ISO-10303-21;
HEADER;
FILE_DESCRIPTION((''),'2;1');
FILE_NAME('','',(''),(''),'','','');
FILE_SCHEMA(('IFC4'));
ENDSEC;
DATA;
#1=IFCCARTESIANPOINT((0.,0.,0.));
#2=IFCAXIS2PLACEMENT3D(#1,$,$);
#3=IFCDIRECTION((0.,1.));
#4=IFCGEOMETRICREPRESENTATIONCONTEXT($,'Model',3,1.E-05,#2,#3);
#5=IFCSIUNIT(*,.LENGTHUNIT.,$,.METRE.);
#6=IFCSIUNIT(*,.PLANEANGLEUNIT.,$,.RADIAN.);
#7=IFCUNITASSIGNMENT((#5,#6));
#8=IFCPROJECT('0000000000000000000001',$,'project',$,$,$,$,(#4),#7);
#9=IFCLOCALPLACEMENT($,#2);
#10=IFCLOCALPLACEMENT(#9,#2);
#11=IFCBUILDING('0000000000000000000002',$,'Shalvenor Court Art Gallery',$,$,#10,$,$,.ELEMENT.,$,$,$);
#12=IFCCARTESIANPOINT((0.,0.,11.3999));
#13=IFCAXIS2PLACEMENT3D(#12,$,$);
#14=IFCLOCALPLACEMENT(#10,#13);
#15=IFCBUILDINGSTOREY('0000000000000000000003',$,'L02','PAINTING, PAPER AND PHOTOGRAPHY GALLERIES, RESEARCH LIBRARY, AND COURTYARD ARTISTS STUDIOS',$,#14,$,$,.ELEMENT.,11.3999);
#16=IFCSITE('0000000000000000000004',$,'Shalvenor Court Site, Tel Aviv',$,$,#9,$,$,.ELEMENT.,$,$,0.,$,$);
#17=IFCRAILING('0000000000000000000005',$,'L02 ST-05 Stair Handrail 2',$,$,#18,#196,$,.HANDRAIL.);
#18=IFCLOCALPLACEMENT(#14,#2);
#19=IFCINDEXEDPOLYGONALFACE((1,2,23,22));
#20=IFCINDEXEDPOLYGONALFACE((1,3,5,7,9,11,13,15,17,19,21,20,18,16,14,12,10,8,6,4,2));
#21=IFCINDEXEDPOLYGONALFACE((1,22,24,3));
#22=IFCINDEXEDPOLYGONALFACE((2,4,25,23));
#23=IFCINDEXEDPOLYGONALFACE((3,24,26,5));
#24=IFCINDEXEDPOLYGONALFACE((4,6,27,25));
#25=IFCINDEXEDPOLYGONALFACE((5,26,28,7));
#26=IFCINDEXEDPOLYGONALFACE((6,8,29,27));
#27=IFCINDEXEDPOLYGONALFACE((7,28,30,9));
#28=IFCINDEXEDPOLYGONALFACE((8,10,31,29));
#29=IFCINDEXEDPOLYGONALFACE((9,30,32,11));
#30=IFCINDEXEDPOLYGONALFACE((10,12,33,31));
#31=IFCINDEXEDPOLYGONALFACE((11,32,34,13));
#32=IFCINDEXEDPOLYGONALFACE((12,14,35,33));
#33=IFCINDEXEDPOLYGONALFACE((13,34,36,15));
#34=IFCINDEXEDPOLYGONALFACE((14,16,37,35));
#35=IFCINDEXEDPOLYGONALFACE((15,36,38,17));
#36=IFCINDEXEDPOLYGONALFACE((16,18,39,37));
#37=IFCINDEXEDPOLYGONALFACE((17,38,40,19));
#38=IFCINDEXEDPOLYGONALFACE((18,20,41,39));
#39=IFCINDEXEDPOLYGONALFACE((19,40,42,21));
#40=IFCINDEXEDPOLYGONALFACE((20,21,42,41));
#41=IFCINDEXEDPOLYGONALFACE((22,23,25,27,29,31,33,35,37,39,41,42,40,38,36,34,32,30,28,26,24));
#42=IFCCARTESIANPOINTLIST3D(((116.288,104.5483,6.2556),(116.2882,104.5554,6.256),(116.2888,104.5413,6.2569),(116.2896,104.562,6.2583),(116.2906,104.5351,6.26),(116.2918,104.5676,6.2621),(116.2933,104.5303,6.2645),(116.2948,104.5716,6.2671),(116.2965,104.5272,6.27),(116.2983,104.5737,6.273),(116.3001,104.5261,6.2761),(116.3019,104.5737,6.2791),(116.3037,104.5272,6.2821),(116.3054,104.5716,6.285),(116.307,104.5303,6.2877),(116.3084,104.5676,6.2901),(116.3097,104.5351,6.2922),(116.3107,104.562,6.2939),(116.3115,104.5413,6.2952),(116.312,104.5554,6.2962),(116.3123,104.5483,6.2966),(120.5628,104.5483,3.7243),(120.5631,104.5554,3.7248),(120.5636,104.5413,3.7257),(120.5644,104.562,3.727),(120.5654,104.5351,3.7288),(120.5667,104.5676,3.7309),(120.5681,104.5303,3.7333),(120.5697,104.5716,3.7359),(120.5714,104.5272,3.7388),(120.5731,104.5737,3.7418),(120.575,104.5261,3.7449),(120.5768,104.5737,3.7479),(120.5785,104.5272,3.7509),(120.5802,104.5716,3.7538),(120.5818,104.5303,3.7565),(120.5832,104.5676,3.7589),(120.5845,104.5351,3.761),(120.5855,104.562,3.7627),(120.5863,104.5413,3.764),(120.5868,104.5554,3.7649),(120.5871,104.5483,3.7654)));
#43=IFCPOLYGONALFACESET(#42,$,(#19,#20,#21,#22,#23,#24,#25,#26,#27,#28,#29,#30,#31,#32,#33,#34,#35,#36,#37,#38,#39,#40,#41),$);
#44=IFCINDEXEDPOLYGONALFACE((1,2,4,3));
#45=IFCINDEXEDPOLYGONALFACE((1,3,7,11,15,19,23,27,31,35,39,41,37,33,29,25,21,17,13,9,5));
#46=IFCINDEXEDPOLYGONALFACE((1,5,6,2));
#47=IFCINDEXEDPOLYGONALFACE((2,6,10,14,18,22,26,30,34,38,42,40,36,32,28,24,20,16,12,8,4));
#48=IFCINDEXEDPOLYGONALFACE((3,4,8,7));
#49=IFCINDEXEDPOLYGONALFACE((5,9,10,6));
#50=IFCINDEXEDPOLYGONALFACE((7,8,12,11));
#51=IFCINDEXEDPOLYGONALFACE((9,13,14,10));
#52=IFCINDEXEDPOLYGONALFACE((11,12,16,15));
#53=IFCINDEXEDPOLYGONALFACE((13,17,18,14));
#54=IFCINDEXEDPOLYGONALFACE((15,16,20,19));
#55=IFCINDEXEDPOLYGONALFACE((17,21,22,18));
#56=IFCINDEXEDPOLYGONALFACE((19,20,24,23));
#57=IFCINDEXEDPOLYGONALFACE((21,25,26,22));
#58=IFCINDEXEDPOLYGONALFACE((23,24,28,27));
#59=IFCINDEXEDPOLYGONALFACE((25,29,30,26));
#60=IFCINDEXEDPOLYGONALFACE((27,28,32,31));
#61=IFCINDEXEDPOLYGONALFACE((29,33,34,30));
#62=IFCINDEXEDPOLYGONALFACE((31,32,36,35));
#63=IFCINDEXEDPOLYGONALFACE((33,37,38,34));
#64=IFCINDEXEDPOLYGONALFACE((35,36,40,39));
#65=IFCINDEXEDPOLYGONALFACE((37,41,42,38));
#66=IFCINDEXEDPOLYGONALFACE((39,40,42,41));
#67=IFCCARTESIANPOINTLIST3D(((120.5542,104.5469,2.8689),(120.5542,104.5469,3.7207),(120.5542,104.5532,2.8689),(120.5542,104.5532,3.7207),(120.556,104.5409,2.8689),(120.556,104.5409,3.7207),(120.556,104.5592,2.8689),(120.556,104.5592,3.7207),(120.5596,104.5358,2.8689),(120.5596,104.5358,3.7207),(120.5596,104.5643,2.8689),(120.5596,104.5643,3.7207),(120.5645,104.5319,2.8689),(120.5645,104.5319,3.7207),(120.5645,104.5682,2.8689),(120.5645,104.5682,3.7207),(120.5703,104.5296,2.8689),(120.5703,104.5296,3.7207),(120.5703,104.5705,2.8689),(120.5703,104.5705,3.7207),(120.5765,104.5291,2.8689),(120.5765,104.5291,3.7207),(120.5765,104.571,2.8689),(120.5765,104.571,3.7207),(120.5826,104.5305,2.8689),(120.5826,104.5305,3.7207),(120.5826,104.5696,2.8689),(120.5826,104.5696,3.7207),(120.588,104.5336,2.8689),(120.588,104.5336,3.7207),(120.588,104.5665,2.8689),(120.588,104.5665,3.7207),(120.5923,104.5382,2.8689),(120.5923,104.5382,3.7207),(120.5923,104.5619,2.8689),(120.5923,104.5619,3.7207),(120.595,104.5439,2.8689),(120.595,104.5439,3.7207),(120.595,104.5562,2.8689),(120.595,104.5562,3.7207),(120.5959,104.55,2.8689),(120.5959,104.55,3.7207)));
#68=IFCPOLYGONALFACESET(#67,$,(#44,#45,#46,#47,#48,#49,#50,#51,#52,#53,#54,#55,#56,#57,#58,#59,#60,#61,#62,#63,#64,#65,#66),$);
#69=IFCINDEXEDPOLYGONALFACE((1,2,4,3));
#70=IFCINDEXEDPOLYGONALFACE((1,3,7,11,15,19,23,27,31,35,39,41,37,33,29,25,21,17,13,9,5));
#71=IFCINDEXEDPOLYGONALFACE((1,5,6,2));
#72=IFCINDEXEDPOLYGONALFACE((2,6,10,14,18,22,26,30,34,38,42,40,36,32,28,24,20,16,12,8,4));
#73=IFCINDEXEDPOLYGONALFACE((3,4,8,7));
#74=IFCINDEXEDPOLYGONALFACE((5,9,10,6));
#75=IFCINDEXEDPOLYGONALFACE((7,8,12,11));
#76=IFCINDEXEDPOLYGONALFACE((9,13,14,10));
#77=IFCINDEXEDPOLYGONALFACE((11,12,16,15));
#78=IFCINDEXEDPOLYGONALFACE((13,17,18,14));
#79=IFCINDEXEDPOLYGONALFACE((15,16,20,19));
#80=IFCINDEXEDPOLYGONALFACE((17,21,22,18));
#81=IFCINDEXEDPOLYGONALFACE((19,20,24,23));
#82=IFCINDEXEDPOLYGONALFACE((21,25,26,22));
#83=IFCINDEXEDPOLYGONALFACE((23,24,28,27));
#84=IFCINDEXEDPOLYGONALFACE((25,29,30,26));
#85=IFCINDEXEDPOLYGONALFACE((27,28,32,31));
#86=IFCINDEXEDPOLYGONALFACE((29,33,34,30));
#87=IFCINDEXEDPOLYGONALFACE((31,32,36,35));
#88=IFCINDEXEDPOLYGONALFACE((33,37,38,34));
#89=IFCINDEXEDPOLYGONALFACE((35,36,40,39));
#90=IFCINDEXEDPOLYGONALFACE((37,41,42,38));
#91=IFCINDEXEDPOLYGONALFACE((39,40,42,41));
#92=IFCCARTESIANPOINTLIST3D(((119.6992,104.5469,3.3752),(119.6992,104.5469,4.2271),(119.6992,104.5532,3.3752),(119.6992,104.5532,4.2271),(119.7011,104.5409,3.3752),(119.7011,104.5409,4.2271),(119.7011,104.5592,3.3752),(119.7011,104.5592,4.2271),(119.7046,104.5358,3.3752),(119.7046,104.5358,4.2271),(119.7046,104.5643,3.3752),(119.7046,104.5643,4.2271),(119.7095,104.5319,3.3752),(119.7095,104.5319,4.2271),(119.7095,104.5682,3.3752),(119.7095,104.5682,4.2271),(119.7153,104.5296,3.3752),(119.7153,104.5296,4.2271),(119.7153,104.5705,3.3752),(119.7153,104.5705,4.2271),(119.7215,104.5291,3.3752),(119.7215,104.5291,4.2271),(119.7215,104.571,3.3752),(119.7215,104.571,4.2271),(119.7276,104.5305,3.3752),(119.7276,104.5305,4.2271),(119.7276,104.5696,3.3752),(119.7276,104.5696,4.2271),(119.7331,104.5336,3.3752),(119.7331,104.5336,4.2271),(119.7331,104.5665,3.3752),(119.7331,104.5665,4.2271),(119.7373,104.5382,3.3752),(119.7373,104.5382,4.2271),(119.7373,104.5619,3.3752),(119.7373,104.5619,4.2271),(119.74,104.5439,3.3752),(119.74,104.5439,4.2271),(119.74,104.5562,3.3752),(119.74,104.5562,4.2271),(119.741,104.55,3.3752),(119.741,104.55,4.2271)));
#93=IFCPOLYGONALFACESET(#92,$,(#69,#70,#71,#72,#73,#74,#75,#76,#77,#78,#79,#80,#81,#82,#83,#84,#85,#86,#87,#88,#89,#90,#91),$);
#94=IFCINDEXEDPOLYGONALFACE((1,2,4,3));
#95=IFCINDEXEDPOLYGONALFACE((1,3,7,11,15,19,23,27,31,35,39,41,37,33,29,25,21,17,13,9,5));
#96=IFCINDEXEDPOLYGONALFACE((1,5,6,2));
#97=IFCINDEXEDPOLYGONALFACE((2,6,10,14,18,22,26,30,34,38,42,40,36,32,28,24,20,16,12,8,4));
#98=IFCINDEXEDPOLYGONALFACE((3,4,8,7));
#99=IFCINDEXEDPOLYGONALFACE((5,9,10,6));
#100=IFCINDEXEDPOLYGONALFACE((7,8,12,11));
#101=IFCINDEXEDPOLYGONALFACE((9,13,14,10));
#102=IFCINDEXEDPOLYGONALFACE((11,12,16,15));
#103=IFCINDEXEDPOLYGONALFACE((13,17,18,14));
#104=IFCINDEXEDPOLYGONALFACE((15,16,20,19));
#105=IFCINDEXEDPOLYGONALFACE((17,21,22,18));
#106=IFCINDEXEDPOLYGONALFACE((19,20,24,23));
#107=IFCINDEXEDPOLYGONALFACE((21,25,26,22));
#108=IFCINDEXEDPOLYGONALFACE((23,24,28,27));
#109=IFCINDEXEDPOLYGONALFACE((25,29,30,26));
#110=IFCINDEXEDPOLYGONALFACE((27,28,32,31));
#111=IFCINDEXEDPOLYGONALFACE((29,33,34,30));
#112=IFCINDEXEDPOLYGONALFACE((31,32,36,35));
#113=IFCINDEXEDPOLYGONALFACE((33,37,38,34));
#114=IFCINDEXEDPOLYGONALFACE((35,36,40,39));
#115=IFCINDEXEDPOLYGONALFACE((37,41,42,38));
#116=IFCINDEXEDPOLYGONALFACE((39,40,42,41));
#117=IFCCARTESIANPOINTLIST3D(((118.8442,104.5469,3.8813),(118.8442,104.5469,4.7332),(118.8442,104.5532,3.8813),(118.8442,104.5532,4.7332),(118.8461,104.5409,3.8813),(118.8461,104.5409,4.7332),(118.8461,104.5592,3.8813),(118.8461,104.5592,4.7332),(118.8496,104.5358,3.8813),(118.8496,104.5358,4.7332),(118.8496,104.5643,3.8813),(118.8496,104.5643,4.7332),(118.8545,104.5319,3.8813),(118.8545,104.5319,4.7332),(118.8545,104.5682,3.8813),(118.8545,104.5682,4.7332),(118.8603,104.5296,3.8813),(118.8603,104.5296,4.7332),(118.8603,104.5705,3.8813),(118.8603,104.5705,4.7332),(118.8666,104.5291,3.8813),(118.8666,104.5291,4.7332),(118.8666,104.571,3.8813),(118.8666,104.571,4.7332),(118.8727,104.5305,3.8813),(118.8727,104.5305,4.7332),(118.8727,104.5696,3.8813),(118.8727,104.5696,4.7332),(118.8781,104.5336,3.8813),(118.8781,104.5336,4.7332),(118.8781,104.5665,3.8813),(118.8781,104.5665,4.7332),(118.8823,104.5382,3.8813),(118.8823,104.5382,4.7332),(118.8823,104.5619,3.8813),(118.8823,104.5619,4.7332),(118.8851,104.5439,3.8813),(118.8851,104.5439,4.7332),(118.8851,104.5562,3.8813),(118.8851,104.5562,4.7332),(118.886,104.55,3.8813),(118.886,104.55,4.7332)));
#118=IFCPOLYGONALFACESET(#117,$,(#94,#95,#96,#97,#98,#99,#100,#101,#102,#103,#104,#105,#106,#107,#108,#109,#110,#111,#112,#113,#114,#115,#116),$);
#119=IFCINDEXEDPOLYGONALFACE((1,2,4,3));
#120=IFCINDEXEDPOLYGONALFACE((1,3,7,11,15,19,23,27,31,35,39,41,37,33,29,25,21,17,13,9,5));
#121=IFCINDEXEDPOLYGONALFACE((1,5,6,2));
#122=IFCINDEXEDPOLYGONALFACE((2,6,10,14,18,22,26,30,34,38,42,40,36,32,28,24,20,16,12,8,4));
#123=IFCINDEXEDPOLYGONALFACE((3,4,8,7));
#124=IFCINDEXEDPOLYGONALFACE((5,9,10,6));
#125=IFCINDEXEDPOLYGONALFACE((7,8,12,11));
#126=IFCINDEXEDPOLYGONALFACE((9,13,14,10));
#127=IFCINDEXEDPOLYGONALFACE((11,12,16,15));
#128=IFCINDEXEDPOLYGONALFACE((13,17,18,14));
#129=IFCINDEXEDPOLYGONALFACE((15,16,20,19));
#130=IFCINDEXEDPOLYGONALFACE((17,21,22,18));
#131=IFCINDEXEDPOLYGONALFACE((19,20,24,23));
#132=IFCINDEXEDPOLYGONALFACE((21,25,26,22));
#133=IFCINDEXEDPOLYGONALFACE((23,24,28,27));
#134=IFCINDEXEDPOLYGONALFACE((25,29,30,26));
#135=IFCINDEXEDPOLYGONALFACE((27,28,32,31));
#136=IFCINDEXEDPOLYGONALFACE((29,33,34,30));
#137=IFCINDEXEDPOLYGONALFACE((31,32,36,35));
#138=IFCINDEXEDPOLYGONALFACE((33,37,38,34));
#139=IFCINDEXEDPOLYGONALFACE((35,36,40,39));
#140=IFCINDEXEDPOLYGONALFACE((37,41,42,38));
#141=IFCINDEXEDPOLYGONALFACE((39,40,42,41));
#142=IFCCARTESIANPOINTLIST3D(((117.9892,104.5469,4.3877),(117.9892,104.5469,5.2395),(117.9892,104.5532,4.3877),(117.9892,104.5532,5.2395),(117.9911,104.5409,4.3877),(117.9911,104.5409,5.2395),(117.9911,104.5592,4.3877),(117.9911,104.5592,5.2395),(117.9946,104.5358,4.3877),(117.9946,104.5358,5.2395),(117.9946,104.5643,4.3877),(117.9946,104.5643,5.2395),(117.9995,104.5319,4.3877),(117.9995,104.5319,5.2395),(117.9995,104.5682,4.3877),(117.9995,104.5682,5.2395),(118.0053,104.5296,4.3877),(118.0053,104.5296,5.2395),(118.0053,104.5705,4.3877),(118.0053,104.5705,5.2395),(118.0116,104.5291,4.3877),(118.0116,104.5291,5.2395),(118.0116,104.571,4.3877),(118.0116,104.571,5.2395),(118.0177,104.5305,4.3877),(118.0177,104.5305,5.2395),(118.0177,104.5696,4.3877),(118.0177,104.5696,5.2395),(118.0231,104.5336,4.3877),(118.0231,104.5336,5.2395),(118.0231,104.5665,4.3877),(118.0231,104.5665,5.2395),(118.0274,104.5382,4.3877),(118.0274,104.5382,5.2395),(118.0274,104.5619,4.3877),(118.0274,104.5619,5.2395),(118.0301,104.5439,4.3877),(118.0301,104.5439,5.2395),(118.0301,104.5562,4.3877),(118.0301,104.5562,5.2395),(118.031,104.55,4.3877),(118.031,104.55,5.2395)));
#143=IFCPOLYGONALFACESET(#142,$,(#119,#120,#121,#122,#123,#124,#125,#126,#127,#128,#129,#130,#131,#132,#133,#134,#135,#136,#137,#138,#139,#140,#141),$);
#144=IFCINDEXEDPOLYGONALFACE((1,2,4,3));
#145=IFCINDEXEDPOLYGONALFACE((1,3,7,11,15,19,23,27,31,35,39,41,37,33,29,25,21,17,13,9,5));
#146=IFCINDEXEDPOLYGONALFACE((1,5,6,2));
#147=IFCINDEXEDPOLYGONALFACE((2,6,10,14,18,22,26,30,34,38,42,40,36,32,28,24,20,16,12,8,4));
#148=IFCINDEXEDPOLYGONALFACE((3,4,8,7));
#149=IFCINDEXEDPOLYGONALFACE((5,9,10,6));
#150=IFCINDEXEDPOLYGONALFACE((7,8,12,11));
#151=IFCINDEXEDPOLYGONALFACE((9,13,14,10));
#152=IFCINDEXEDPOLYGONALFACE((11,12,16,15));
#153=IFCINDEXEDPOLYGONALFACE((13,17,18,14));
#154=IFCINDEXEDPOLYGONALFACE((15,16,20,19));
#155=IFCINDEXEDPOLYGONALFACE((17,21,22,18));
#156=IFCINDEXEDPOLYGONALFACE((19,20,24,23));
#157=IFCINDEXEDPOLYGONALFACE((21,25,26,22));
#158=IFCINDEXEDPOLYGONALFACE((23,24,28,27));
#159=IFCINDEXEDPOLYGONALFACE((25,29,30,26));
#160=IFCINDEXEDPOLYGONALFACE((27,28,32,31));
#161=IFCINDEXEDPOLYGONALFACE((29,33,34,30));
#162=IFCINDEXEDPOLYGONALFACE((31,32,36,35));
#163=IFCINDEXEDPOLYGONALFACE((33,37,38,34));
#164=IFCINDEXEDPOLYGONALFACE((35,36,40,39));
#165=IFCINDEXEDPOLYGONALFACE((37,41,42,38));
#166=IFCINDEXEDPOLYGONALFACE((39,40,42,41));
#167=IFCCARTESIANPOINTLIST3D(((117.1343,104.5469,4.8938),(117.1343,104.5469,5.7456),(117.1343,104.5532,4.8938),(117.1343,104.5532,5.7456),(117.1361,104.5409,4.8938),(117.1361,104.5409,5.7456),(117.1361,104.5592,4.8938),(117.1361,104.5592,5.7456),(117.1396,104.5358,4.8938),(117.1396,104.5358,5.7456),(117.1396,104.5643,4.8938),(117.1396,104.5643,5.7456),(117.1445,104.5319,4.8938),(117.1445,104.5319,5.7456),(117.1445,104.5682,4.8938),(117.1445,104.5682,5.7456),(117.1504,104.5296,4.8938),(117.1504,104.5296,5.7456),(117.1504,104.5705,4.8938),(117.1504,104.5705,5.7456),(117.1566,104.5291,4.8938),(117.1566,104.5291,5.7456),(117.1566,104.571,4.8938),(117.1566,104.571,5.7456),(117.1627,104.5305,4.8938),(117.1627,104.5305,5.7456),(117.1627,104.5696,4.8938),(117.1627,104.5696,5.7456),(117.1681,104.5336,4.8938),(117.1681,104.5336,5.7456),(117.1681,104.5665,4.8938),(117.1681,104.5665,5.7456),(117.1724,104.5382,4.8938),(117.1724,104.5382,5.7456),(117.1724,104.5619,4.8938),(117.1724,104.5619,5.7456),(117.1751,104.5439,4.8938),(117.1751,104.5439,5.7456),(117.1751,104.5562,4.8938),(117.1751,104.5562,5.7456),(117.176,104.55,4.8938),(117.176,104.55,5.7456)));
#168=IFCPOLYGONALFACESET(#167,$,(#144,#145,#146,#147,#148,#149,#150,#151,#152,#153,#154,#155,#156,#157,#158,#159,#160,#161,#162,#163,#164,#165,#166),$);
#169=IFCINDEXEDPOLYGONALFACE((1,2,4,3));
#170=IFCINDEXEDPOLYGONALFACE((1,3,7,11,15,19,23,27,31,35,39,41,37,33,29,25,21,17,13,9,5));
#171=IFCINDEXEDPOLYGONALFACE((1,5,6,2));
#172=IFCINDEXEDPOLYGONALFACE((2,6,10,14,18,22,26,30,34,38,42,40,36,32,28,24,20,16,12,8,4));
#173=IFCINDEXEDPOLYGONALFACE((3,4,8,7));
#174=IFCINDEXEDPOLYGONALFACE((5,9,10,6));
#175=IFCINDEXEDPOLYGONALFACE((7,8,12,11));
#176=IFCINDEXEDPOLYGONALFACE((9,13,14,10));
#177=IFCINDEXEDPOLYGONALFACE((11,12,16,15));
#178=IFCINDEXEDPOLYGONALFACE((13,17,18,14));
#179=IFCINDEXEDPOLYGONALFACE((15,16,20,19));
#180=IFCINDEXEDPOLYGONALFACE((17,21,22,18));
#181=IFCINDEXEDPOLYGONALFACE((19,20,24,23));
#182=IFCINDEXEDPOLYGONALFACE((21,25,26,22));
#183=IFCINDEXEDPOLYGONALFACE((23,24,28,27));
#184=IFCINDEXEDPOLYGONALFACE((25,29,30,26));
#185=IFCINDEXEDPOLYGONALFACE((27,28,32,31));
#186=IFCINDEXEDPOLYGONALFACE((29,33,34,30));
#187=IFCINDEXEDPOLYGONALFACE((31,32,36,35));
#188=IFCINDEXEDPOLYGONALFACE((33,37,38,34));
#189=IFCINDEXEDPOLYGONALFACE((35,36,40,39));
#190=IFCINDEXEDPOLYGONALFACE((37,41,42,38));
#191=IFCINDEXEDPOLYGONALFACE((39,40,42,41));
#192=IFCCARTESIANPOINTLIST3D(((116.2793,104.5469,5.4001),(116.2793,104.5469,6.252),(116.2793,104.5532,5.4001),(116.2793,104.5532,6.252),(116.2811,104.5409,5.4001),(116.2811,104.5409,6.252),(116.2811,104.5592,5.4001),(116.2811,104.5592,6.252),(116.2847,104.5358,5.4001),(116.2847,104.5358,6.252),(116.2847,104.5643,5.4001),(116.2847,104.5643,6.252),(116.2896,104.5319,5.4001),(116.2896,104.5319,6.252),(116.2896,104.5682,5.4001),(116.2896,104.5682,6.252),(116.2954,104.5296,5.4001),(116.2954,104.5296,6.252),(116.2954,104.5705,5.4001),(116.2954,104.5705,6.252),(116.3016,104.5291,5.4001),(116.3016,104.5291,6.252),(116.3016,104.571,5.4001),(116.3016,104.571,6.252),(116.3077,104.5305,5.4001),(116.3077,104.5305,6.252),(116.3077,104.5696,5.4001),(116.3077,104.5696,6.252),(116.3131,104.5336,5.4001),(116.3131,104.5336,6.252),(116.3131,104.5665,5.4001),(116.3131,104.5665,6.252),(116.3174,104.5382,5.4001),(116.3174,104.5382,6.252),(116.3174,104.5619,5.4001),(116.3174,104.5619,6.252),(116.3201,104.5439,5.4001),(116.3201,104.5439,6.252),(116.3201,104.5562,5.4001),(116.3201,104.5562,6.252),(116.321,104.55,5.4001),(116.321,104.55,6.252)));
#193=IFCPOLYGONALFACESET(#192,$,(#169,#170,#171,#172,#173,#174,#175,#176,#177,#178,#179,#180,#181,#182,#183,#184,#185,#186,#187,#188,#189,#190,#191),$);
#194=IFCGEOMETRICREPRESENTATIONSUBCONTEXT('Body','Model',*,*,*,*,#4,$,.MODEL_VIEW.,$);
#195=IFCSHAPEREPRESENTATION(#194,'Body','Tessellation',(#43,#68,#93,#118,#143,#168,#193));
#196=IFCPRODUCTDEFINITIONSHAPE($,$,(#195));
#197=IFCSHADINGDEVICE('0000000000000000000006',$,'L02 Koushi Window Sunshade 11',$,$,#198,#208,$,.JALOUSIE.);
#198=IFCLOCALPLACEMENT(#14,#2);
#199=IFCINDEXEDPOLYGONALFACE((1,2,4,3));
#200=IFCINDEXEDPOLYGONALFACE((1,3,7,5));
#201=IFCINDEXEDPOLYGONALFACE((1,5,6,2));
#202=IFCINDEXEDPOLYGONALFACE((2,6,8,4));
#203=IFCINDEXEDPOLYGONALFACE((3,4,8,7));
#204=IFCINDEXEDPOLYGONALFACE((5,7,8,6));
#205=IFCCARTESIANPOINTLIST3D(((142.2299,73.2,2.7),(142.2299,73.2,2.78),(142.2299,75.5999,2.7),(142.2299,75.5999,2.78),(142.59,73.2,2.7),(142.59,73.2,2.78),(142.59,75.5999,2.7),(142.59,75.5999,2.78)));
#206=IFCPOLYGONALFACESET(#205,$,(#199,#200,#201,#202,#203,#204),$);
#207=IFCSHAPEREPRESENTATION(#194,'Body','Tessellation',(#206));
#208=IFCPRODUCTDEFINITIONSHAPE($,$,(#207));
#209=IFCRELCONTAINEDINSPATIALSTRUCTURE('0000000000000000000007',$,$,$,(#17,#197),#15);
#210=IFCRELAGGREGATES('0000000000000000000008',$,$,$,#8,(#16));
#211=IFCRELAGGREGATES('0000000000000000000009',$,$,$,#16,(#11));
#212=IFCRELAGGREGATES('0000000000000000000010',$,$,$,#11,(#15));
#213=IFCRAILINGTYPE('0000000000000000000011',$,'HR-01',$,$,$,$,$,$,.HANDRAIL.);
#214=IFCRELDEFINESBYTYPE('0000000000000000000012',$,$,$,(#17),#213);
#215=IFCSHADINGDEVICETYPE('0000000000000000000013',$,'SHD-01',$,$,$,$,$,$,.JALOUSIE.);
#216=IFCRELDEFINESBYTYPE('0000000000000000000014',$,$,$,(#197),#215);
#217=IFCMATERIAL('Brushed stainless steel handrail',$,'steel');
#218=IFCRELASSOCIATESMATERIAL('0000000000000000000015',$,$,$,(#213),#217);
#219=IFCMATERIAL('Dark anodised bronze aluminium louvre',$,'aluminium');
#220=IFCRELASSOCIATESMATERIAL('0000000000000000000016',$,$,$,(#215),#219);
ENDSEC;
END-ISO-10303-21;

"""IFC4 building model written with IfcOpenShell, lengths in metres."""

from ifc_helpers import new_model, si_unit, direction, frame, origin, origin_2d, place, context, subcontext, project, spatial, rectangle, circle, extrude, material, type_object, element, save


model = new_model("IFC4")

# Units and contexts
model_context = context("Model", 3, precision=1e-05, world=origin(), true_north=direction((0.0, 1.0)))
body_context = subcontext(model_context, "Body", "Model", "MODEL_VIEW")
ifc_project = project(units=[si_unit("LENGTHUNIT", "METRE"), si_unit("PLANEANGLEUNIT", "RADIAN")], contexts=[model_context])

# Site, building, storey
site_placement = place(None, origin())
site = spatial("IfcSite", under=ifc_project, at=site_placement, Name="Shalvenor Court Site, Tel Aviv", CompositionType="ELEMENT", RefElevation=0.0)
building_placement = place(site_placement, origin())
building = spatial("IfcBuilding", under=site, at=building_placement, Name="Shalvenor Court Art Gallery", CompositionType="ELEMENT")
storey_placement = place(building_placement, frame((0.0, 0.0, 11.3999)))
storey = spatial("IfcBuildingStorey", under=building, at=storey_placement, Name="L02", Description="PAINTING, PAPER AND PHOTOGRAPHY GALLERIES, RESEARCH LIBRARY, AND COURTYARD ARTISTS STUDIOS", CompositionType="ELEMENT", Elevation=11.3999)

# Railing
ifc_material_1 = material(Name="Brushed stainless steel handrail", Category="steel")
railing_type_1 = type_object("IfcRailingType", Name="HR-01", PredefinedType="HANDRAIL", material=ifc_material_1)
railing_1_placement = place(storey_placement, frame((120.575, 104.55, 2.8689)))
element("IfcRailing", 1, at=railing_1_placement, inside=storey, type_object=railing_type_1, Name="L02 ST-05 Stair Handrail 2", PredefinedType="HANDRAIL", context=body_context, shape_type="SweptSolid", body=[
    extrude(circle(Radius=0.0239, at=origin_2d()), frame((0.0, 0.0, 0.876), z_axis=(-0.86047, 0.0, 0.509501), x_axis=(0.0, -1.0, 0.0)), (0.0, 0.0, 1.0), 4.968),
    extrude(circle(Radius=0.021, at=origin_2d()), origin(), (0.0, 0.0, 1.0), 0.8518),
    extrude(circle(Radius=0.021, at=origin_2d()), frame((-0.855, 0.0, 0.5063)), (0.0, 0.0, 1.0), 0.8518),
    extrude(circle(Radius=0.021, at=origin_2d()), frame((-1.71, 0.0, 1.0125)), (0.0, 0.0, 1.0), 0.8518),
    extrude(circle(Radius=0.021, at=origin_2d()), frame((-2.5649, 0.0, 1.5188)), (0.0, 0.0, 1.0), 0.8518),
    extrude(circle(Radius=0.021, at=origin_2d()), frame((-3.4199, 0.0, 2.0249)), (0.0, 0.0, 1.0), 0.8518),
    extrude(circle(Radius=0.021, at=origin_2d()), frame((-4.2749, 0.0, 2.5312)), (0.0, 0.0, 1.0), 0.8518),
])

# Shading device
ifc_material_2 = material(Name="Dark anodised bronze aluminium louvre", Category="aluminium")
shading_device_type = type_object("IfcShadingDeviceType", Name="SHD-01", PredefinedType="JALOUSIE", material=ifc_material_2)
shading_device_1_placement = place(storey_placement, frame((142.4099, 74.3999, 2.7), z_axis=(0.0, 0.0, 1.0), x_axis=(0.0, 1.0, 0.0)))
element("IfcShadingDevice", 2, at=shading_device_1_placement, inside=storey, type_object=shading_device_type, Name="L02 Koushi Window Sunshade 11", PredefinedType="JALOUSIE", context=body_context, shape_type="SweptSolid", body=[
    extrude(rectangle(XDim=2.3999, YDim=0.3601, at=origin_2d()), origin(), (0.0, 0.0, 1.0), 0.0801),
])

save(model, "model.ifc")
